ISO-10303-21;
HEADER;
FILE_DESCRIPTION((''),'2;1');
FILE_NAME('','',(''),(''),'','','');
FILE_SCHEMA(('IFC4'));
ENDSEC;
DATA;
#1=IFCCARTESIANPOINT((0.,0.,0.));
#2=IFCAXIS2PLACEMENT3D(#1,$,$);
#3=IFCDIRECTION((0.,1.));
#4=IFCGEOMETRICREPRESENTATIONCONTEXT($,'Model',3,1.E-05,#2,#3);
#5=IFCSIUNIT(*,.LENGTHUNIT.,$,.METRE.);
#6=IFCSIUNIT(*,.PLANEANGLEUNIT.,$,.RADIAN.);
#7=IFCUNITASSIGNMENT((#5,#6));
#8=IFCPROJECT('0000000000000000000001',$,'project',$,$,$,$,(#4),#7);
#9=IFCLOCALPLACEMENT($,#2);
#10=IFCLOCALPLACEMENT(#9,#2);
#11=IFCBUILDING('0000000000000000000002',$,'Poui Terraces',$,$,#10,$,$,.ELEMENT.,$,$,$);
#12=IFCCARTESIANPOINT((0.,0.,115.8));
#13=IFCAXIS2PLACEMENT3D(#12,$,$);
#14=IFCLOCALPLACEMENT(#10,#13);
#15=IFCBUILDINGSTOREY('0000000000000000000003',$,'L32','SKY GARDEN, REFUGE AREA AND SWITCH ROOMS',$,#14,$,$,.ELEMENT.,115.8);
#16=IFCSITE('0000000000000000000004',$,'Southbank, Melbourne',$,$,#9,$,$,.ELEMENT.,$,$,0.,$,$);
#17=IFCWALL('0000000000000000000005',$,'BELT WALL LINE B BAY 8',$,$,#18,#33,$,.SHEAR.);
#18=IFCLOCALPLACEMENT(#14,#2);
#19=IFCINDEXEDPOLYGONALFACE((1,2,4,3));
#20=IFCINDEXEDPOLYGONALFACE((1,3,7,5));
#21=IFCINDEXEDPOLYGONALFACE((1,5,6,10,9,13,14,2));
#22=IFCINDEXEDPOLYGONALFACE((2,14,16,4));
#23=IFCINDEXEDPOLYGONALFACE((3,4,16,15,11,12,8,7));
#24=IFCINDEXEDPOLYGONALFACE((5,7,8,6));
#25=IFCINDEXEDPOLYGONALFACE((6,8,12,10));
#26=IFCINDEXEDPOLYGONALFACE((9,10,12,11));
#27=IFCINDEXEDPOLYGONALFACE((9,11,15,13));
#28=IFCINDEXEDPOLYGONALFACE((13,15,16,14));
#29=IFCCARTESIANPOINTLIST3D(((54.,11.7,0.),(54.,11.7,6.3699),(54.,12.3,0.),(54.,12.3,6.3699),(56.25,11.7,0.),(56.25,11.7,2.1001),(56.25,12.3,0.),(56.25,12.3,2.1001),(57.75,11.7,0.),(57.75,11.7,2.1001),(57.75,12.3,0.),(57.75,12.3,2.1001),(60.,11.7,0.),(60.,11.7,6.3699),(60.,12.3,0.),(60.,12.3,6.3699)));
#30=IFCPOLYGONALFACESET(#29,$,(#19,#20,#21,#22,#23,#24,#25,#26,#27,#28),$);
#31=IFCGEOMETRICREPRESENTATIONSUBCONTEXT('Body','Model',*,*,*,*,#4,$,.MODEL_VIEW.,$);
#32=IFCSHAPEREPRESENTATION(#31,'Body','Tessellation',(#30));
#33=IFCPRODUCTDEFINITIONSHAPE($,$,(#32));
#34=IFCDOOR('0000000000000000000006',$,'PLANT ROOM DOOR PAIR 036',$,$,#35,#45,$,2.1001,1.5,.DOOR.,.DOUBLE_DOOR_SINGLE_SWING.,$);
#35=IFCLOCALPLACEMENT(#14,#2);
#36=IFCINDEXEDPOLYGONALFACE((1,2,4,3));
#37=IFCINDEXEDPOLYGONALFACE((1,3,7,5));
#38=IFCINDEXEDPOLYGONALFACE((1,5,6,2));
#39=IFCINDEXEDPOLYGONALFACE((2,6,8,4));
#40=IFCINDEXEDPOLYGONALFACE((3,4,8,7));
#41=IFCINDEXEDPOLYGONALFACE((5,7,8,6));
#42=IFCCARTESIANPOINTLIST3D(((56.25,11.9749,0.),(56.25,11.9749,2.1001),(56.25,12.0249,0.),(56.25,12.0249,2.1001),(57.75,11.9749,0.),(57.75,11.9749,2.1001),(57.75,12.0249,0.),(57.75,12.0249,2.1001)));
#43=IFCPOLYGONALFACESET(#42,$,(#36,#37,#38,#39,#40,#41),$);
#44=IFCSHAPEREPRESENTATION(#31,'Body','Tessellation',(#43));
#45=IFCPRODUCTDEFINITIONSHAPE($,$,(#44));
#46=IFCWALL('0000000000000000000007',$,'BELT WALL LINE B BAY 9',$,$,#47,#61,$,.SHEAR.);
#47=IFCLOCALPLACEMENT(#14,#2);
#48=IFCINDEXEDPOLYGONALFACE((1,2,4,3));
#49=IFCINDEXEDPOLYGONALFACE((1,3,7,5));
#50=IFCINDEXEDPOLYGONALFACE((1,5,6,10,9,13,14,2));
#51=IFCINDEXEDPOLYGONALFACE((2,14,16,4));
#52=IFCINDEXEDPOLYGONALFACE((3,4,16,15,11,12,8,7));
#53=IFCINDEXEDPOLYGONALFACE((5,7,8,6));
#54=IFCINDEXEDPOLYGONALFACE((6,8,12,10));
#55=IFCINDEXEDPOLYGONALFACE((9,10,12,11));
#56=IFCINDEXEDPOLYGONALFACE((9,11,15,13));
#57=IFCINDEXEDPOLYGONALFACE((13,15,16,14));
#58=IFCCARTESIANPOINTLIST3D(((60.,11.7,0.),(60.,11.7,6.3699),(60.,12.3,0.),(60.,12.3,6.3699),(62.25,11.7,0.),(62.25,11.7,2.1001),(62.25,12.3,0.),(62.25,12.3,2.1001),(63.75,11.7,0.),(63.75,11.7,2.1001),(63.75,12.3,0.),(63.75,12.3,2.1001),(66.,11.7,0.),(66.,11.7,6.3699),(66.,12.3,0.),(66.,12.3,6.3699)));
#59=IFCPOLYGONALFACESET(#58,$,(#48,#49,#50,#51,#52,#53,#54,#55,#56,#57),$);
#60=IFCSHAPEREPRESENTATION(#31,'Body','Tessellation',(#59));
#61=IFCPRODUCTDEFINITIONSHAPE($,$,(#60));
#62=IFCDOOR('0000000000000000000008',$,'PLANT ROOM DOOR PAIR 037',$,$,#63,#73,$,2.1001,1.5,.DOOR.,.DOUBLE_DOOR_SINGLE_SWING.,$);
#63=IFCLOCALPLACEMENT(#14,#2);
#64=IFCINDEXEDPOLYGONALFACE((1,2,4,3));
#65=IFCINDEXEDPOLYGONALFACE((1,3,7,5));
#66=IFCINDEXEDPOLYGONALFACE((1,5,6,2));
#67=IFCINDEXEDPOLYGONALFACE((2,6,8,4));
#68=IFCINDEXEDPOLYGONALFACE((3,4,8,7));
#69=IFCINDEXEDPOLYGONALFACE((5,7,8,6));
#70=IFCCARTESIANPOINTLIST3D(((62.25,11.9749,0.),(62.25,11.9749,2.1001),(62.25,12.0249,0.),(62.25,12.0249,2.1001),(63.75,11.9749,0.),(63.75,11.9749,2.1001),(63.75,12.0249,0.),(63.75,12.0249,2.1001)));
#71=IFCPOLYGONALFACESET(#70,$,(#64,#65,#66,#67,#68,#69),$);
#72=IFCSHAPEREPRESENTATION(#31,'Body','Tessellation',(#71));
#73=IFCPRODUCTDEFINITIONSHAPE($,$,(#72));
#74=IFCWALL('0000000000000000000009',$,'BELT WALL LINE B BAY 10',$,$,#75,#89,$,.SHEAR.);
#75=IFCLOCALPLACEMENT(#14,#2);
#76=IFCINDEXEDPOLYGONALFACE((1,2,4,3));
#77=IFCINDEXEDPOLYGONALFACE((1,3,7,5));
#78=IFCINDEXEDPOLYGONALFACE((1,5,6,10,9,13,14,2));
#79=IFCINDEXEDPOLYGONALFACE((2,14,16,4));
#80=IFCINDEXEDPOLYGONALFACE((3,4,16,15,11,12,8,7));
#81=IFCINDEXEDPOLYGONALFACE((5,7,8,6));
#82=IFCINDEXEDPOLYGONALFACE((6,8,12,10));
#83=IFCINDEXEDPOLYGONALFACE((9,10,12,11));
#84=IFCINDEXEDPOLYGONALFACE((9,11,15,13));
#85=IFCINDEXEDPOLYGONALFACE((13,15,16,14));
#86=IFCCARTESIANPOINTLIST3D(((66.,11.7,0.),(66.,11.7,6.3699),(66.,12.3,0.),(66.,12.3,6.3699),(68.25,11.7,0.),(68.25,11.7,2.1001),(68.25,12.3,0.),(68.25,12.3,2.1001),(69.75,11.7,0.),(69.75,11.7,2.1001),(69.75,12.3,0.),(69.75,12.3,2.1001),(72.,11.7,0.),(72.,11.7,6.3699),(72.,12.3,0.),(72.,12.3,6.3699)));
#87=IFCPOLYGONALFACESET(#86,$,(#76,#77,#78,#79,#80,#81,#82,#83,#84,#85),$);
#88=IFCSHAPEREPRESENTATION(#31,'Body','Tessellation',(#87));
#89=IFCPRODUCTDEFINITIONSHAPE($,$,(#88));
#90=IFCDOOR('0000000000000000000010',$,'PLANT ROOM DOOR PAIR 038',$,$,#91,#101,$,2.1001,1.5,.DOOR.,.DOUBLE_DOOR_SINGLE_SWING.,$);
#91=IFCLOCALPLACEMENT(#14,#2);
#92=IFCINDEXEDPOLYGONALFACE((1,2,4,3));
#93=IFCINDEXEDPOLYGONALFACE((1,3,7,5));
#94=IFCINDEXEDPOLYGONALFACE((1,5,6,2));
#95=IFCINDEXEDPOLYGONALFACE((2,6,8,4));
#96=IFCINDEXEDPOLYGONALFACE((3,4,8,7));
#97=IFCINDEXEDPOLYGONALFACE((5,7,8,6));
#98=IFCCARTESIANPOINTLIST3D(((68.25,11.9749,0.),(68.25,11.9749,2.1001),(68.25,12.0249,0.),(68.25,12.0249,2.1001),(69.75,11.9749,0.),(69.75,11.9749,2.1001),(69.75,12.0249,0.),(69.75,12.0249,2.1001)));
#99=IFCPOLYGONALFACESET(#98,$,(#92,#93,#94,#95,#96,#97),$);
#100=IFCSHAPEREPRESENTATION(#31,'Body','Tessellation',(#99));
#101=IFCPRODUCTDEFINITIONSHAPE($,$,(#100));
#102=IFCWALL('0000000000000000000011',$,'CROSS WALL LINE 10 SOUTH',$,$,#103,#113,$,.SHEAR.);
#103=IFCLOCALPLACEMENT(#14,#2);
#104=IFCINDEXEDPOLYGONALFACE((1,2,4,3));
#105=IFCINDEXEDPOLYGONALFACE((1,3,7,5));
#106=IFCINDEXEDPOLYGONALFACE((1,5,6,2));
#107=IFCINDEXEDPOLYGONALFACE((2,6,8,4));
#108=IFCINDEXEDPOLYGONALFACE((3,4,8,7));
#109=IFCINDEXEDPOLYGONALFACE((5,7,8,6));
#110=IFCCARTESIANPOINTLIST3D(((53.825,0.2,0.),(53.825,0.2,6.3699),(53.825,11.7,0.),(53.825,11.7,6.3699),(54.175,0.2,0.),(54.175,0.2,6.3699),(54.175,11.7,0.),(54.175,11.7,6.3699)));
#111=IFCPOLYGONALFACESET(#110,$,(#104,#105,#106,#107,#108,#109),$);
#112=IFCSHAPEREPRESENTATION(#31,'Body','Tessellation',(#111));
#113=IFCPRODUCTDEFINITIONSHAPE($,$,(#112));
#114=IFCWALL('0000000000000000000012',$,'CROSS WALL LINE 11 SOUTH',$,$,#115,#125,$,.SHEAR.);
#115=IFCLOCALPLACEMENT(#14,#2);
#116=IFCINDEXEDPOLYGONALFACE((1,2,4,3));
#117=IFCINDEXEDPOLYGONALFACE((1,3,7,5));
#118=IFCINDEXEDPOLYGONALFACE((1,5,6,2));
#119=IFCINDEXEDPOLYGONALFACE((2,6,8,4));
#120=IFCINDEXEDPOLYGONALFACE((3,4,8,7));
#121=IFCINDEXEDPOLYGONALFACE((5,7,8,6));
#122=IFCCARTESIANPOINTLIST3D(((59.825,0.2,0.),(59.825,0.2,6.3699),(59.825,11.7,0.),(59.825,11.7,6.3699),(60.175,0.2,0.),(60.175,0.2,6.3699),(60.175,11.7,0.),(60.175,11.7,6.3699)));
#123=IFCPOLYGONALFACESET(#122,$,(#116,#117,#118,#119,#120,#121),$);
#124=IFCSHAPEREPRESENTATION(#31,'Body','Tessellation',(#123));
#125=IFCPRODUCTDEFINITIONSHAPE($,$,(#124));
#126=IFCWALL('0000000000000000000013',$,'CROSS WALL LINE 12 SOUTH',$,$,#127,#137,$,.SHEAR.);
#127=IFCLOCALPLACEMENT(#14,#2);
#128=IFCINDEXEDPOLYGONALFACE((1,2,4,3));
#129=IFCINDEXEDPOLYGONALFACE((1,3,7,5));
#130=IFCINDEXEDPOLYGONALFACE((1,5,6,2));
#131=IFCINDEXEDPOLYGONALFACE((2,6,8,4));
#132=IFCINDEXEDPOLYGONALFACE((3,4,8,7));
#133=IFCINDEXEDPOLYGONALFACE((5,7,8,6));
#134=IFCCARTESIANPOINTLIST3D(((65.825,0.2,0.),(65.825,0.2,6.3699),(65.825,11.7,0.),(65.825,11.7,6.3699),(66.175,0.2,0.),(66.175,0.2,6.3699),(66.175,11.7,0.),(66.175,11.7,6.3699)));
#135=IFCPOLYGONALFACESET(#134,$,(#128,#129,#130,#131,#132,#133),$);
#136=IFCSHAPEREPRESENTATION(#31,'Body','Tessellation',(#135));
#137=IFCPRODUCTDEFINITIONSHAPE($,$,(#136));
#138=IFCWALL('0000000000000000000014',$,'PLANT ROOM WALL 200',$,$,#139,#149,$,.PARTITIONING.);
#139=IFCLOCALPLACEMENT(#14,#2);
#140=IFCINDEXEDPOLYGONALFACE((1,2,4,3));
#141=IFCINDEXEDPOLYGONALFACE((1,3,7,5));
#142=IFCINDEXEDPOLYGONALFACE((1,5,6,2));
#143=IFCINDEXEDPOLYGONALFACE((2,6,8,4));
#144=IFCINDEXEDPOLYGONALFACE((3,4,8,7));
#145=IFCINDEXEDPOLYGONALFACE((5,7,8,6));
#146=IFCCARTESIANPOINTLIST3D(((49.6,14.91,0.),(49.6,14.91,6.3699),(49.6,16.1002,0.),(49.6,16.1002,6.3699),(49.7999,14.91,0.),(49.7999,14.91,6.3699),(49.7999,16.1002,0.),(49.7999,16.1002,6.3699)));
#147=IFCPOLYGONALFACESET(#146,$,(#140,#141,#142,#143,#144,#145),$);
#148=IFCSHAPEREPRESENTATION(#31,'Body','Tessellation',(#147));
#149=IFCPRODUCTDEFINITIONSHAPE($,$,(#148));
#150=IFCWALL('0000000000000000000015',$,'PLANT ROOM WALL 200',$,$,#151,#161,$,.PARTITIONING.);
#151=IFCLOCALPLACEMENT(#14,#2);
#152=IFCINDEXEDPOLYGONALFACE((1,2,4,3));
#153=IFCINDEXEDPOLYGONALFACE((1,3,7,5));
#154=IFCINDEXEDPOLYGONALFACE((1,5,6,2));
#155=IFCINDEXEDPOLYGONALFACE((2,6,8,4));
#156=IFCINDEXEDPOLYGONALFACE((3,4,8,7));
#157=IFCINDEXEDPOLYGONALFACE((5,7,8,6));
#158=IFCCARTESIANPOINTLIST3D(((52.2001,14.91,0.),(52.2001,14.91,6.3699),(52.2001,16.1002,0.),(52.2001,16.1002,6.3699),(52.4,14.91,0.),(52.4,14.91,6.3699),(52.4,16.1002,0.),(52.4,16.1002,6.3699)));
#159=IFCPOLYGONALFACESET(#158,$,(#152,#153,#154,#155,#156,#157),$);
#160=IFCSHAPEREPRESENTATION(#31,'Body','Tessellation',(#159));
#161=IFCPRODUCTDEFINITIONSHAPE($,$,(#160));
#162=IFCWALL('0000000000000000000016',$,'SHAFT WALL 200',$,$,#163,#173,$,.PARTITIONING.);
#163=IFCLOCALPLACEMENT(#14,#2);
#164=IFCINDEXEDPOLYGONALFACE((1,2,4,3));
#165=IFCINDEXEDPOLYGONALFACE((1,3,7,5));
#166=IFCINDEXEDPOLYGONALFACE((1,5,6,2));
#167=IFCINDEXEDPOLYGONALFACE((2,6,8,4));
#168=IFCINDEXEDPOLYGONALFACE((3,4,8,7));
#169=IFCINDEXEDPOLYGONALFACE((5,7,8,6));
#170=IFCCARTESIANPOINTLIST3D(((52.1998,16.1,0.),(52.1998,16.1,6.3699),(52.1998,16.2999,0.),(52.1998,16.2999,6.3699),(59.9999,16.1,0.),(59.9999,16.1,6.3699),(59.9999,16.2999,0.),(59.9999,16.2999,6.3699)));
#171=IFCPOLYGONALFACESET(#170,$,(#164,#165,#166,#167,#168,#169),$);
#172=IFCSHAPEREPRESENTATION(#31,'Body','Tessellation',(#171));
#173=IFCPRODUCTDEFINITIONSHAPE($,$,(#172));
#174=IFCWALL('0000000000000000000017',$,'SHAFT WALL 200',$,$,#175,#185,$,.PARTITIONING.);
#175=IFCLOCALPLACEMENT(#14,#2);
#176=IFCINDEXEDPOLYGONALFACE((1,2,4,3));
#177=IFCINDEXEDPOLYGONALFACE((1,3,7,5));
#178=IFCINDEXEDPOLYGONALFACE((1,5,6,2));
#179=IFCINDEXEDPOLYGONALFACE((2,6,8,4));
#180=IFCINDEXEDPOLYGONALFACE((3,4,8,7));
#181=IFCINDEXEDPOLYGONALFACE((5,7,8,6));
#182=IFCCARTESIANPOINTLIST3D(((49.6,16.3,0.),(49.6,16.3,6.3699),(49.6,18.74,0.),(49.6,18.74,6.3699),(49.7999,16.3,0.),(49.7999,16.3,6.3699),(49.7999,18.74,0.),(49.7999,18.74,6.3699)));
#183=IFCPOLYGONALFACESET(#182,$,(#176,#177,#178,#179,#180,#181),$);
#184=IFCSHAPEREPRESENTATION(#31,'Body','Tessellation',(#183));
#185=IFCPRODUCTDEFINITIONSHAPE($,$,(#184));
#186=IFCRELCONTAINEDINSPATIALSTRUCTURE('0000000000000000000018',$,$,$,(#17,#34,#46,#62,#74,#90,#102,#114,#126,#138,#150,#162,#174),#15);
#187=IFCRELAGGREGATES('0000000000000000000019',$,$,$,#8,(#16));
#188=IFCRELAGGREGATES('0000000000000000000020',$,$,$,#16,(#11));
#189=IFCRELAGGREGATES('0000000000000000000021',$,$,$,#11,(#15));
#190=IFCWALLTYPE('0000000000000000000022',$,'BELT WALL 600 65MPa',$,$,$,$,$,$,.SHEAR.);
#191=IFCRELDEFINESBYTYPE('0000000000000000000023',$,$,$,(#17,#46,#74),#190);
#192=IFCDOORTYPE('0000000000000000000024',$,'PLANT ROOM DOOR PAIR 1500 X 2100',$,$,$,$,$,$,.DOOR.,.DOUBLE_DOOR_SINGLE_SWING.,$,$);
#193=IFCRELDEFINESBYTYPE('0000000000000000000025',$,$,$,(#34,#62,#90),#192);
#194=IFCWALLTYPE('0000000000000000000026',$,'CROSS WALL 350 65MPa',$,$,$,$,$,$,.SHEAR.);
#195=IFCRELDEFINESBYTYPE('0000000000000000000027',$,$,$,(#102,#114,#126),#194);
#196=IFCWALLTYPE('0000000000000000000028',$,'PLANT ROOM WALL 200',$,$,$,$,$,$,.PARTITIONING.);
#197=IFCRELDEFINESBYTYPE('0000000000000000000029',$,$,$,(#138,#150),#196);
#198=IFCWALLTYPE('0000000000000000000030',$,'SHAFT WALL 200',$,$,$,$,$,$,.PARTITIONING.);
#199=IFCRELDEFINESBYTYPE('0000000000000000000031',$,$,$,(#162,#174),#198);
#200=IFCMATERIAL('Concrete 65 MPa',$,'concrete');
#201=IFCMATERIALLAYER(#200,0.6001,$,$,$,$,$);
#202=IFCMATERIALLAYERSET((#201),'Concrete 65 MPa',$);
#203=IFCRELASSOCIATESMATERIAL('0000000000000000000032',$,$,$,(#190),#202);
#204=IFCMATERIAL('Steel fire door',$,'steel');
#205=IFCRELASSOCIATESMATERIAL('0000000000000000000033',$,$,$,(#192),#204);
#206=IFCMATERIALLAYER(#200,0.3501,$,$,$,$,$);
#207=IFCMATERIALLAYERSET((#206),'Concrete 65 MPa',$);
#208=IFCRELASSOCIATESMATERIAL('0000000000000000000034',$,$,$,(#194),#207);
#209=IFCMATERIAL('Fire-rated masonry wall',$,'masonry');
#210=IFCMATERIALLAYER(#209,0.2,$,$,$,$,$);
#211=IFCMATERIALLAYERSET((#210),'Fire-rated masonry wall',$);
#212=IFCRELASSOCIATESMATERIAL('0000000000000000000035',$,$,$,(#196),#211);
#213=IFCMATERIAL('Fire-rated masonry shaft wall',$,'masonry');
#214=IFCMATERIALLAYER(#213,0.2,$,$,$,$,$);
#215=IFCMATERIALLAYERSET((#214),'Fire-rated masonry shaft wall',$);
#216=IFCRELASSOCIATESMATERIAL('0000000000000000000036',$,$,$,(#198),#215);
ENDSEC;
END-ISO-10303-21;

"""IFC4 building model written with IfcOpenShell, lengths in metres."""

from ifc_helpers import new_model, si_unit, direction, frame, frame_2d, origin, place, context, subcontext, project, spatial, rectangle, extrude, material, layer, layer_set, type_object, element, fill, save


model = new_model("IFC4")

# Units and contexts
model_context = context("Model", 3, precision=1e-05, world=origin(), true_north=direction((0.0, 1.0)))
body_context = subcontext(model_context, "Body", "Model", "MODEL_VIEW")
ifc_project = project(units=[si_unit("LENGTHUNIT", "METRE"), si_unit("PLANEANGLEUNIT", "RADIAN")], contexts=[model_context])

# Site, building, storey
site_placement = place(None, origin())
site = spatial("IfcSite", under=ifc_project, at=site_placement, Name="Southbank, Melbourne", CompositionType="ELEMENT", RefElevation=0.0)
building_placement = place(site_placement, origin())
building = spatial("IfcBuilding", under=site, at=building_placement, Name="Poui Terraces", CompositionType="ELEMENT")
storey_placement = place(building_placement, frame((0.0, 0.0, 115.8)))
storey = spatial("IfcBuildingStorey", under=building, at=storey_placement, Name="L32", Description="SKY GARDEN, REFUGE AREA AND SWITCH ROOMS", CompositionType="ELEMENT", Elevation=115.8)

# Walls, openings, doors
ifc_material_1 = material(Name="Concrete 65 MPa", Category="concrete")
ifc_layer_1 = layer(ifc_material_1, 0.6001)
ifc_layer_set_1 = layer_set([ifc_layer_1], Name="Concrete 65 MPa")
wall_type_1 = type_object("IfcWallType", Name="BELT WALL 600 65MPa", PredefinedType="SHEAR", material=ifc_layer_set_1)
wall_1_placement = place(storey_placement, frame((54.0, 12.0, 0.0), z_axis=(0.0, 0.0, 1.0), x_axis=(1.0, 0.0, 0.0)))
wall_1 = element("IfcWall", 1, at=wall_1_placement, inside=storey, type_object=wall_type_1, Name="BELT WALL LINE B BAY 8", PredefinedType="SHEAR", context=body_context, shape_type="SweptSolid", body=[
    extrude(rectangle(XDim=6.0, YDim=0.6001, at=frame_2d((3.0, 0.0))), origin(), (0.0, 0.0, 1.0), 6.3699),
])
opening_1_placement = place(wall_1_placement, frame((2.25, 0.0, 0.0)))
opening_1 = element("IfcOpeningElement", 2, at=opening_1_placement, cuts=wall_1, PredefinedType="OPENING", context=body_context, shape_type="SweptSolid", body=[
    extrude(rectangle(XDim=1.5, YDim=2.1001, at=frame_2d((0.75, 1.05))), frame((0.0, 0.3101, 0.0), z_axis=(0.0, -1.0, 0.0), x_axis=(1.0, 0.0, 0.0)), (0.0, 0.0, 1.0), 0.6201),
])
ifc_material_2 = material(Name="Steel fire door", Category="steel")
door_type_1 = type_object("IfcDoorType", Name="PLANT ROOM DOOR PAIR 1500 X 2100", OperationType="DOUBLE_DOOR_SINGLE_SWING", PredefinedType="DOOR", material=ifc_material_2)
door_1_placement = place(opening_1_placement, origin())
door_1 = element("IfcDoor", 3, at=door_1_placement, inside=storey, type_object=door_type_1, Name="PLANT ROOM DOOR PAIR 036", OperationType="DOUBLE_DOOR_SINGLE_SWING", OverallHeight=2.1001, OverallWidth=1.5, PredefinedType="DOOR", context=body_context, shape_type="SweptSolid", body=[
    extrude(rectangle(XDim=1.5, YDim=2.1001, at=frame_2d((0.75, 1.05))), frame((0.0, 0.0249, 0.0), z_axis=(0.0, -1.0, 0.0), x_axis=(1.0, 0.0, 0.0)), (0.0, 0.0, 1.0), 0.05),
])
fill(opening_1, door_1)
wall_2_placement = place(storey_placement, frame((60.0, 12.0, 0.0), z_axis=(0.0, 0.0, 1.0), x_axis=(1.0, 0.0, 0.0)))
wall_2 = element("IfcWall", 4, at=wall_2_placement, inside=storey, type_object=wall_type_1, Name="BELT WALL LINE B BAY 9", PredefinedType="SHEAR", context=body_context, shape_type="SweptSolid", body=[
    extrude(rectangle(XDim=6.0, YDim=0.6001, at=frame_2d((3.0, 0.0))), origin(), (0.0, 0.0, 1.0), 6.3699),
])
opening_2_placement = place(wall_2_placement, frame((2.25, 0.0, 0.0)))
opening_2 = element("IfcOpeningElement", 5, at=opening_2_placement, cuts=wall_2, PredefinedType="OPENING", context=body_context, shape_type="SweptSolid", body=[
    extrude(rectangle(XDim=1.5, YDim=2.1001, at=frame_2d((0.75, 1.05))), frame((0.0, 0.3101, 0.0), z_axis=(0.0, -1.0, 0.0), x_axis=(1.0, 0.0, 0.0)), (0.0, 0.0, 1.0), 0.6201),
])
door_2_placement = place(opening_2_placement, origin())
door_2 = element("IfcDoor", 6, at=door_2_placement, inside=storey, type_object=door_type_1, Name="PLANT ROOM DOOR PAIR 037", OperationType="DOUBLE_DOOR_SINGLE_SWING", OverallHeight=2.1001, OverallWidth=1.5, PredefinedType="DOOR", context=body_context, shape_type="SweptSolid", body=[
    extrude(rectangle(XDim=1.5, YDim=2.1001, at=frame_2d((0.75, 1.05))), frame((0.0, 0.0249, 0.0), z_axis=(0.0, -1.0, 0.0), x_axis=(1.0, 0.0, 0.0)), (0.0, 0.0, 1.0), 0.05),
])
fill(opening_2, door_2)
wall_3_placement = place(storey_placement, frame((66.0, 12.0, 0.0), z_axis=(0.0, 0.0, 1.0), x_axis=(1.0, 0.0, 0.0)))
wall_3 = element("IfcWall", 7, at=wall_3_placement, inside=storey, type_object=wall_type_1, Name="BELT WALL LINE B BAY 10", PredefinedType="SHEAR", context=body_context, shape_type="SweptSolid", body=[
    extrude(rectangle(XDim=6.0, YDim=0.6001, at=frame_2d((3.0, 0.0))), origin(), (0.0, 0.0, 1.0), 6.3699),
])
opening_3_placement = place(wall_3_placement, frame((2.25, 0.0, 0.0)))
opening_3 = element("IfcOpeningElement", 8, at=opening_3_placement, cuts=wall_3, PredefinedType="OPENING", context=body_context, shape_type="SweptSolid", body=[
    extrude(rectangle(XDim=1.5, YDim=2.1001, at=frame_2d((0.75, 1.05))), frame((0.0, 0.3101, 0.0), z_axis=(0.0, -1.0, 0.0), x_axis=(1.0, 0.0, 0.0)), (0.0, 0.0, 1.0), 0.6201),
])
door_3_placement = place(opening_3_placement, origin())
door_3 = element("IfcDoor", 9, at=door_3_placement, inside=storey, type_object=door_type_1, Name="PLANT ROOM DOOR PAIR 038", OperationType="DOUBLE_DOOR_SINGLE_SWING", OverallHeight=2.1001, OverallWidth=1.5, PredefinedType="DOOR", context=body_context, shape_type="SweptSolid", body=[
    extrude(rectangle(XDim=1.5, YDim=2.1001, at=frame_2d((0.75, 1.05))), frame((0.0, 0.0249, 0.0), z_axis=(0.0, -1.0, 0.0), x_axis=(1.0, 0.0, 0.0)), (0.0, 0.0, 1.0), 0.05),
])
fill(opening_3, door_3)

# Walls
ifc_layer_2 = layer(ifc_material_1, 0.3501)
ifc_layer_set_2 = layer_set([ifc_layer_2], Name="Concrete 65 MPa")
wall_type_2 = type_object("IfcWallType", Name="CROSS WALL 350 65MPa", PredefinedType="SHEAR", material=ifc_layer_set_2)
for number, where, z_axis, x_axis, name in (
    (10, (54.0, 0.2, 0.0), (0.0, 0.0, 1.0), (0.0, 1.0, 0.0), "CROSS WALL LINE 10 SOUTH"),
    (11, (60.0, 0.2, 0.0), (0.0, 0.0, 1.0), (0.0, 1.0, 0.0), "CROSS WALL LINE 11 SOUTH"),
    (12, (66.0, 0.2, 0.0), (0.0, 0.0, 1.0), (0.0, 1.0, 0.0), "CROSS WALL LINE 12 SOUTH"),
):
    element("IfcWall", number, at=place(storey_placement, frame(where, z_axis=z_axis, x_axis=x_axis)), inside=storey, type_object=wall_type_2, Name=name, PredefinedType="SHEAR", context=body_context, shape_type="SweptSolid", body=[
        extrude(rectangle(XDim=11.5, YDim=0.3501, at=frame_2d((5.75, 0.0))), origin(), (0.0, 0.0, 1.0), 6.3699),
    ])
ifc_material_3 = material(Name="Fire-rated masonry wall", Category="masonry")
ifc_layer_3 = layer(ifc_material_3, 0.2)
ifc_layer_set_3 = layer_set([ifc_layer_3], Name="Fire-rated masonry wall")
wall_type_3 = type_object("IfcWallType", Name="PLANT ROOM WALL 200", PredefinedType="PARTITIONING", material=ifc_layer_set_3)
for number, where, z_axis, x_axis, name in (
    (13, (49.7, 14.9099, 0.0), (0.0, 0.0, 1.0), (0.0, 1.0, 0.0), "PLANT ROOM WALL 200"),
    (14, (52.3, 14.9099, 0.0), (0.0, 0.0, 1.0), (0.0, 1.0, 0.0), "PLANT ROOM WALL 200"),
):
    element("IfcWall", number, at=place(storey_placement, frame(where, z_axis=z_axis, x_axis=x_axis)), inside=storey, type_object=wall_type_3, Name=name, PredefinedType="PARTITIONING", context=body_context, shape_type="SweptSolid", body=[
        extrude(rectangle(XDim=1.1902, YDim=0.2, at=frame_2d((0.5952, 0.0))), origin(), (0.0, 0.0, 1.0), 6.3699),
    ])
ifc_material_4 = material(Name="Fire-rated masonry shaft wall", Category="masonry")
ifc_layer_4 = layer(ifc_material_4, 0.2)
ifc_layer_set_4 = layer_set([ifc_layer_4], Name="Fire-rated masonry shaft wall")
wall_type_4 = type_object("IfcWallType", Name="SHAFT WALL 200", PredefinedType="PARTITIONING", material=ifc_layer_set_4)
wall_4_placement = place(storey_placement, frame((52.2, 16.2, 0.0), z_axis=(0.0, 0.0, 1.0), x_axis=(1.0, 0.0, 0.0)))
element("IfcWall", 15, at=wall_4_placement, inside=storey, type_object=wall_type_4, Name="SHAFT WALL 200", PredefinedType="PARTITIONING", context=body_context, shape_type="SweptSolid", body=[
    extrude(rectangle(XDim=7.8, YDim=0.2, at=frame_2d((3.8999, 0.0))), origin(), (0.0, 0.0, 1.0), 6.3699),
])
for number, where, z_axis, x_axis, name in (
    (16, (49.7, 16.3, 0.0), (0.0, 0.0, 1.0), (0.0, 1.0, 0.0), "SHAFT WALL 200"),
):
    element("IfcWall", number, at=place(storey_placement, frame(where, z_axis=z_axis, x_axis=x_axis)), inside=storey, type_object=wall_type_4, Name=name, PredefinedType="PARTITIONING", context=body_context, shape_type="SweptSolid", body=[
        extrude(rectangle(XDim=2.4399, YDim=0.2, at=frame_2d((1.22, 0.0))), origin(), (0.0, 0.0, 1.0), 6.3699),
    ])

save(model, "model.ifc")
